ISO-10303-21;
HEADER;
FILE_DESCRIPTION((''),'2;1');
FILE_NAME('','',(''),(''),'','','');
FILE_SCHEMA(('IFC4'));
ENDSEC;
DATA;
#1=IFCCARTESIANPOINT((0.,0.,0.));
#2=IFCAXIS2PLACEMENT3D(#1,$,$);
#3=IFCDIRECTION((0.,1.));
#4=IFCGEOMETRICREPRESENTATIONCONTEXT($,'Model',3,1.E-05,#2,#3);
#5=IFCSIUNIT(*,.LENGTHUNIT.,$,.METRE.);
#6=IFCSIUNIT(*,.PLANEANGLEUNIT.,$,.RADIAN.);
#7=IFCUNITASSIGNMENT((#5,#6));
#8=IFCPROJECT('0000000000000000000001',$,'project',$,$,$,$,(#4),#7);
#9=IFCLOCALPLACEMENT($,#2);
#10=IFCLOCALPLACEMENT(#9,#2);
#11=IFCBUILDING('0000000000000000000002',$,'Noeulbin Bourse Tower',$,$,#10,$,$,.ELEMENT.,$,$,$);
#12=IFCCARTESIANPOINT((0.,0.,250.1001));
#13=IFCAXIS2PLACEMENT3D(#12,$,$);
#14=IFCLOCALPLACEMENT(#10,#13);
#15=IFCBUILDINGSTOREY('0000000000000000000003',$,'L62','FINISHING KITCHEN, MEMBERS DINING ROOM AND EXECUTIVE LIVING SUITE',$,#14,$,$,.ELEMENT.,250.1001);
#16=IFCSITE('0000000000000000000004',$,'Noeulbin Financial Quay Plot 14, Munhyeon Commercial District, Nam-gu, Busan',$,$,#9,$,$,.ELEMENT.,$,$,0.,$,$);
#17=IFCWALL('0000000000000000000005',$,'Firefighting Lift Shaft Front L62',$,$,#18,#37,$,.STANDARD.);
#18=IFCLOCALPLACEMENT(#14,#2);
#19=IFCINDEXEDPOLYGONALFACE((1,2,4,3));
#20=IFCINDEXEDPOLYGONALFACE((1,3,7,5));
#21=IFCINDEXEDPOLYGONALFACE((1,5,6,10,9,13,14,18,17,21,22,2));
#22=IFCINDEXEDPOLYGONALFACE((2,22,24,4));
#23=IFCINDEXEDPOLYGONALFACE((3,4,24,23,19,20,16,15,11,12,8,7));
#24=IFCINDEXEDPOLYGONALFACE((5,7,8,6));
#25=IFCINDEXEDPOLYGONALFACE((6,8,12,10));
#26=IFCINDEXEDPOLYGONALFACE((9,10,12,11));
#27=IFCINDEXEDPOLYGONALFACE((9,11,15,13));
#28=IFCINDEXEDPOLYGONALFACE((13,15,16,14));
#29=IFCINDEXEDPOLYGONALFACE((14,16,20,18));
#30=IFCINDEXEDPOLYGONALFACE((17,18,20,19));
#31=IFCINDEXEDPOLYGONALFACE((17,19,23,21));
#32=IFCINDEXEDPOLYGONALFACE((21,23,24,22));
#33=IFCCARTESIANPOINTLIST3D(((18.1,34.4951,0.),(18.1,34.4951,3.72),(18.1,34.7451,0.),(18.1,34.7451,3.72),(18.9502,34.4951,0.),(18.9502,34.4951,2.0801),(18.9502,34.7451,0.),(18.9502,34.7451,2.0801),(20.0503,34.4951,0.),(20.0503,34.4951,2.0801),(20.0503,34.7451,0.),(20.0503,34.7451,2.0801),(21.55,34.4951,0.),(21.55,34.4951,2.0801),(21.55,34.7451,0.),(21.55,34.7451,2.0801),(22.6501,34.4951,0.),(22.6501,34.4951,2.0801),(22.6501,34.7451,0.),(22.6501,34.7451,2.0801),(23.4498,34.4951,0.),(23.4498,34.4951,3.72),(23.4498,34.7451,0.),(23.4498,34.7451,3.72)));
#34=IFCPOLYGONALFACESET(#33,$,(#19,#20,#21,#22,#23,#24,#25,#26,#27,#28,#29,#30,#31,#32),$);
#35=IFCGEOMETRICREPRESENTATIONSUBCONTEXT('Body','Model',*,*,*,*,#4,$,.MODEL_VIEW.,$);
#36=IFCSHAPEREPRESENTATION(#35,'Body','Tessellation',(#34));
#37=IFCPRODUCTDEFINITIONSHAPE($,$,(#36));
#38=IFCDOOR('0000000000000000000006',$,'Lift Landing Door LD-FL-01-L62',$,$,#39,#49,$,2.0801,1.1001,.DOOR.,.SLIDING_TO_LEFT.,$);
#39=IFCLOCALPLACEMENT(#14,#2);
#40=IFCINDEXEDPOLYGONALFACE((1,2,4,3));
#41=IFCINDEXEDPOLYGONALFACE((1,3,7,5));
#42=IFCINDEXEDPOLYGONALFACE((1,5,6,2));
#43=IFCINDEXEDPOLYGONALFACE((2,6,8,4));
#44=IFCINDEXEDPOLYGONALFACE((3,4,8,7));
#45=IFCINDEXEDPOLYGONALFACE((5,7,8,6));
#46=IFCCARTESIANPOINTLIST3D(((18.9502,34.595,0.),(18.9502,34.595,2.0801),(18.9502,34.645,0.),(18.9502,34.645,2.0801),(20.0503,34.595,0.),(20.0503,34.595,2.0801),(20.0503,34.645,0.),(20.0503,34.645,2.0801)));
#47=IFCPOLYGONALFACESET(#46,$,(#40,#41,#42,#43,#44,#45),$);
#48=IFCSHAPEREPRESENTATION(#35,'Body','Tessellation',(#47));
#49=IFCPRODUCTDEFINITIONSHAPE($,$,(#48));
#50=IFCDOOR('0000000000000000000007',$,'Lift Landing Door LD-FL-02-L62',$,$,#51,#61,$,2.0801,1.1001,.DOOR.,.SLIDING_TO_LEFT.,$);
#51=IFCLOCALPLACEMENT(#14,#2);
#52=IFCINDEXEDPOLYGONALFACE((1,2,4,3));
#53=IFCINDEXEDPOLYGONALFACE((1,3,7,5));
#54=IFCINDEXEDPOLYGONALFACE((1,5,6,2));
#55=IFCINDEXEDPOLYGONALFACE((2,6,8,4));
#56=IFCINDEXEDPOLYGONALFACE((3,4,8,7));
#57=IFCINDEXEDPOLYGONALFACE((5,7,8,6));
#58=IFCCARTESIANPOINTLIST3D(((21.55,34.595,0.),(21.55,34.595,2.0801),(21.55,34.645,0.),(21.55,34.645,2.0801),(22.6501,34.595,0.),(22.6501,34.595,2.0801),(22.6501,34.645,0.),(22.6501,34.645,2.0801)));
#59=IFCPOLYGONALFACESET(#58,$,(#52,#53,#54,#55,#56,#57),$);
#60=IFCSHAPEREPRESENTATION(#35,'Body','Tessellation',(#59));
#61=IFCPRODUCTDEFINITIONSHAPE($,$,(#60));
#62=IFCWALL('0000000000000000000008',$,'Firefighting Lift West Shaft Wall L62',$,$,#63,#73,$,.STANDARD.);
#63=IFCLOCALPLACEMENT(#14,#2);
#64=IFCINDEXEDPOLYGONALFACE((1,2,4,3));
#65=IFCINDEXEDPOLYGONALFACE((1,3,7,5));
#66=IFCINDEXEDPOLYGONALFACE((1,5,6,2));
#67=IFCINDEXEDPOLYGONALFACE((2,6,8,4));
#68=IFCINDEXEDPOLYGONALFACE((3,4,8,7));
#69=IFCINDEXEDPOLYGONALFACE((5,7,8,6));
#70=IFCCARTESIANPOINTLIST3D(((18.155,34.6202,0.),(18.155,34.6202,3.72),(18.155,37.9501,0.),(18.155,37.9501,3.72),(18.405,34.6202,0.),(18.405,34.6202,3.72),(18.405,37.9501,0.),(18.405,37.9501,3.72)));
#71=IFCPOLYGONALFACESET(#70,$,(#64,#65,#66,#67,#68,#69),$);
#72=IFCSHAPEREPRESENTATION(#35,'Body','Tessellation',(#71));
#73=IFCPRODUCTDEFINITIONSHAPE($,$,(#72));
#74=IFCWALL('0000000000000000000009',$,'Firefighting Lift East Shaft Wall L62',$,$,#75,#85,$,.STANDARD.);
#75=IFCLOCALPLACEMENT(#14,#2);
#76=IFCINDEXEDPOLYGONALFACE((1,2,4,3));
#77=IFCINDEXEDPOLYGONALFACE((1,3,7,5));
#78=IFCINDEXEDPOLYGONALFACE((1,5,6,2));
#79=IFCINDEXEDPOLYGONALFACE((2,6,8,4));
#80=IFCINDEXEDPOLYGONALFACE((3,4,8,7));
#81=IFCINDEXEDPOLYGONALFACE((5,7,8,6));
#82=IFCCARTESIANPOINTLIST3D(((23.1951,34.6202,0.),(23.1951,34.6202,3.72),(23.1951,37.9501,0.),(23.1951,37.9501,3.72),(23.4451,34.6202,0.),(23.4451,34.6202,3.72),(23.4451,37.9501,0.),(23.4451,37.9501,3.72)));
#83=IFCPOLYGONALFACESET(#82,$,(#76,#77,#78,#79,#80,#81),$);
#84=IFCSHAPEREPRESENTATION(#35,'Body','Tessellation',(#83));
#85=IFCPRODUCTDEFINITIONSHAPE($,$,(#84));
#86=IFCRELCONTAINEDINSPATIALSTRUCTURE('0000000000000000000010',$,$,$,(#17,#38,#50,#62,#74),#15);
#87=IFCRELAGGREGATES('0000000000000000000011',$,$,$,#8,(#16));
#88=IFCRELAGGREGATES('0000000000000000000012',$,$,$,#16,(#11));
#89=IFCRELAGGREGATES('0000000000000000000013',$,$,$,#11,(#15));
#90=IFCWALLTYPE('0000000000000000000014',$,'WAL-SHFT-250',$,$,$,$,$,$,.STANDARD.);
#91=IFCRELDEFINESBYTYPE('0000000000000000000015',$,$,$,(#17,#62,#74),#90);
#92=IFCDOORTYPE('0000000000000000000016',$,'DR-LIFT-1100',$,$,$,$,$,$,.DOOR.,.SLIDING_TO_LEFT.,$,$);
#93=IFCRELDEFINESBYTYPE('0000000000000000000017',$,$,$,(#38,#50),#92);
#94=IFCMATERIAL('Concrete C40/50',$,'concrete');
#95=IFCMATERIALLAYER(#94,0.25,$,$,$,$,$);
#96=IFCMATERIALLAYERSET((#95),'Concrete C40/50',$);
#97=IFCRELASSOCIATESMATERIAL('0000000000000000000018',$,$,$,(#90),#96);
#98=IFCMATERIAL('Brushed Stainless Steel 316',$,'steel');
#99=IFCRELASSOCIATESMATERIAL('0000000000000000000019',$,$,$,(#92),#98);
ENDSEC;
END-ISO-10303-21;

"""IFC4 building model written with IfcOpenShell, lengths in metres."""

from ifc_helpers import new_model, si_unit, direction, frame, frame_2d, origin, place, context, subcontext, project, spatial, rectangle, extrude, material, layer, layer_set, type_object, element, fill, save


model = new_model("IFC4")

# Units and contexts
model_context = context("Model", 3, precision=1e-05, world=origin(), true_north=direction((0.0, 1.0)))
body_context = subcontext(model_context, "Body", "Model", "MODEL_VIEW")
ifc_project = project(units=[si_unit("LENGTHUNIT", "METRE"), si_unit("PLANEANGLEUNIT", "RADIAN")], contexts=[model_context])

# Site, building, storey
site_placement = place(None, origin())
site = spatial("IfcSite", under=ifc_project, at=site_placement, Name="Noeulbin Financial Quay Plot 14, Munhyeon Commercial District, Nam-gu, Busan", CompositionType="ELEMENT", RefElevation=0.0)
building_placement = place(site_placement, origin())
building = spatial("IfcBuilding", under=site, at=building_placement, Name="Noeulbin Bourse Tower", CompositionType="ELEMENT")
storey_placement = place(building_placement, frame((0.0, 0.0, 250.1001)))
storey = spatial("IfcBuildingStorey", under=building, at=storey_placement, Name="L62", Description="FINISHING KITCHEN, MEMBERS DINING ROOM AND EXECUTIVE LIVING SUITE", CompositionType="ELEMENT", Elevation=250.1001)

# Shared definitions
ifc_material_1 = material(Name="Concrete C40/50", Category="concrete")

# Wall, openings, doors
ifc_layer_1 = layer(ifc_material_1, 0.25)
ifc_layer_set_1 = layer_set([ifc_layer_1], Name="Concrete C40/50")
wall_type_1 = type_object("IfcWallType", Name="WAL-SHFT-250", PredefinedType="STANDARD", material=ifc_layer_set_1)
wall_1_placement = place(storey_placement, frame((18.1001, 34.6201, 0.0), z_axis=(0.0, 0.0, 1.0), x_axis=(1.0, 0.0, 0.0)))
wall_1 = element("IfcWall", 1, at=wall_1_placement, inside=storey, type_object=wall_type_1, Name="Firefighting Lift Shaft Front L62", PredefinedType="STANDARD", context=body_context, shape_type="SweptSolid", body=[
    extrude(rectangle(XDim=5.3499, YDim=0.25, at=frame_2d((2.6748, 0.0))), origin(), (0.0, 0.0, 1.0), 3.72),
])
opening_1_placement = place(wall_1_placement, frame((0.8501, 0.0, 0.0)))
opening_1 = element("IfcOpeningElement", 2, at=opening_1_placement, cuts=wall_1, PredefinedType="OPENING", context=body_context, shape_type="SweptSolid", body=[
    extrude(rectangle(XDim=1.1001, YDim=2.0801, at=frame_2d((0.55, 1.04))), frame((0.0, 0.135, 0.0), z_axis=(0.0, -1.0, 0.0), x_axis=(1.0, 0.0, 0.0)), (0.0, 0.0, 1.0), 0.27),
])
opening_2_placement = place(wall_1_placement, frame((3.45, 0.0, 0.0)))
opening_2 = element("IfcOpeningElement", 3, at=opening_2_placement, cuts=wall_1, PredefinedType="OPENING", context=body_context, shape_type="SweptSolid", body=[
    extrude(rectangle(XDim=1.1001, YDim=2.0801, at=frame_2d((0.55, 1.04))), frame((0.0, 0.135, 0.0), z_axis=(0.0, -1.0, 0.0), x_axis=(1.0, 0.0, 0.0)), (0.0, 0.0, 1.0), 0.27),
])
ifc_material_2 = material(Name="Brushed Stainless Steel 316", Category="steel")
door_type_1 = type_object("IfcDoorType", Name="DR-LIFT-1100", OperationType="SLIDING_TO_LEFT", PredefinedType="DOOR", material=ifc_material_2)
door_1_placement = place(opening_1_placement, origin())
door_1 = element("IfcDoor", 4, at=door_1_placement, inside=storey, type_object=door_type_1, Name="Lift Landing Door LD-FL-01-L62", OperationType="SLIDING_TO_LEFT", OverallHeight=2.0801, OverallWidth=1.1001, PredefinedType="DOOR", context=body_context, shape_type="SweptSolid", body=[
    extrude(rectangle(XDim=1.1001, YDim=2.0801, at=frame_2d((0.55, 1.04))), frame((0.0, 0.0249, 0.0), z_axis=(0.0, -1.0, 0.0), x_axis=(1.0, 0.0, 0.0)), (0.0, 0.0, 1.0), 0.05),
])
fill(opening_1, door_1)
door_2_placement = place(opening_2_placement, origin())
door_2 = element("IfcDoor", 5, at=door_2_placement, inside=storey, type_object=door_type_1, Name="Lift Landing Door LD-FL-02-L62", OperationType="SLIDING_TO_LEFT", OverallHeight=2.0801, OverallWidth=1.1001, PredefinedType="DOOR", context=body_context, shape_type="SweptSolid", body=[
    extrude(rectangle(XDim=1.1001, YDim=2.0801, at=frame_2d((0.55, 1.04))), frame((0.0, 0.0249, 0.0), z_axis=(0.0, -1.0, 0.0), x_axis=(1.0, 0.0, 0.0)), (0.0, 0.0, 1.0), 0.05),
])
fill(opening_2, door_2)

# Walls
for number, where, z_axis, x_axis, name in (
    (6, (18.28, 34.6201, 0.0), (0.0, 0.0, 1.0), (0.0, 1.0, 0.0), "Firefighting Lift West Shaft Wall L62"),
    (7, (23.3201, 34.6201, 0.0), (0.0, 0.0, 1.0), (0.0, 1.0, 0.0), "Firefighting Lift East Shaft Wall L62"),
):
    element("IfcWall", number, at=place(storey_placement, frame(where, z_axis=z_axis, x_axis=x_axis)), inside=storey, type_object=wall_type_1, Name=name, PredefinedType="STANDARD", context=body_context, shape_type="SweptSolid", body=[
        extrude(rectangle(XDim=3.3298, YDim=0.25, at=frame_2d((1.665, 0.0))), origin(), (0.0, 0.0, 1.0), 3.72),
    ])

save(model, "model.ifc")
